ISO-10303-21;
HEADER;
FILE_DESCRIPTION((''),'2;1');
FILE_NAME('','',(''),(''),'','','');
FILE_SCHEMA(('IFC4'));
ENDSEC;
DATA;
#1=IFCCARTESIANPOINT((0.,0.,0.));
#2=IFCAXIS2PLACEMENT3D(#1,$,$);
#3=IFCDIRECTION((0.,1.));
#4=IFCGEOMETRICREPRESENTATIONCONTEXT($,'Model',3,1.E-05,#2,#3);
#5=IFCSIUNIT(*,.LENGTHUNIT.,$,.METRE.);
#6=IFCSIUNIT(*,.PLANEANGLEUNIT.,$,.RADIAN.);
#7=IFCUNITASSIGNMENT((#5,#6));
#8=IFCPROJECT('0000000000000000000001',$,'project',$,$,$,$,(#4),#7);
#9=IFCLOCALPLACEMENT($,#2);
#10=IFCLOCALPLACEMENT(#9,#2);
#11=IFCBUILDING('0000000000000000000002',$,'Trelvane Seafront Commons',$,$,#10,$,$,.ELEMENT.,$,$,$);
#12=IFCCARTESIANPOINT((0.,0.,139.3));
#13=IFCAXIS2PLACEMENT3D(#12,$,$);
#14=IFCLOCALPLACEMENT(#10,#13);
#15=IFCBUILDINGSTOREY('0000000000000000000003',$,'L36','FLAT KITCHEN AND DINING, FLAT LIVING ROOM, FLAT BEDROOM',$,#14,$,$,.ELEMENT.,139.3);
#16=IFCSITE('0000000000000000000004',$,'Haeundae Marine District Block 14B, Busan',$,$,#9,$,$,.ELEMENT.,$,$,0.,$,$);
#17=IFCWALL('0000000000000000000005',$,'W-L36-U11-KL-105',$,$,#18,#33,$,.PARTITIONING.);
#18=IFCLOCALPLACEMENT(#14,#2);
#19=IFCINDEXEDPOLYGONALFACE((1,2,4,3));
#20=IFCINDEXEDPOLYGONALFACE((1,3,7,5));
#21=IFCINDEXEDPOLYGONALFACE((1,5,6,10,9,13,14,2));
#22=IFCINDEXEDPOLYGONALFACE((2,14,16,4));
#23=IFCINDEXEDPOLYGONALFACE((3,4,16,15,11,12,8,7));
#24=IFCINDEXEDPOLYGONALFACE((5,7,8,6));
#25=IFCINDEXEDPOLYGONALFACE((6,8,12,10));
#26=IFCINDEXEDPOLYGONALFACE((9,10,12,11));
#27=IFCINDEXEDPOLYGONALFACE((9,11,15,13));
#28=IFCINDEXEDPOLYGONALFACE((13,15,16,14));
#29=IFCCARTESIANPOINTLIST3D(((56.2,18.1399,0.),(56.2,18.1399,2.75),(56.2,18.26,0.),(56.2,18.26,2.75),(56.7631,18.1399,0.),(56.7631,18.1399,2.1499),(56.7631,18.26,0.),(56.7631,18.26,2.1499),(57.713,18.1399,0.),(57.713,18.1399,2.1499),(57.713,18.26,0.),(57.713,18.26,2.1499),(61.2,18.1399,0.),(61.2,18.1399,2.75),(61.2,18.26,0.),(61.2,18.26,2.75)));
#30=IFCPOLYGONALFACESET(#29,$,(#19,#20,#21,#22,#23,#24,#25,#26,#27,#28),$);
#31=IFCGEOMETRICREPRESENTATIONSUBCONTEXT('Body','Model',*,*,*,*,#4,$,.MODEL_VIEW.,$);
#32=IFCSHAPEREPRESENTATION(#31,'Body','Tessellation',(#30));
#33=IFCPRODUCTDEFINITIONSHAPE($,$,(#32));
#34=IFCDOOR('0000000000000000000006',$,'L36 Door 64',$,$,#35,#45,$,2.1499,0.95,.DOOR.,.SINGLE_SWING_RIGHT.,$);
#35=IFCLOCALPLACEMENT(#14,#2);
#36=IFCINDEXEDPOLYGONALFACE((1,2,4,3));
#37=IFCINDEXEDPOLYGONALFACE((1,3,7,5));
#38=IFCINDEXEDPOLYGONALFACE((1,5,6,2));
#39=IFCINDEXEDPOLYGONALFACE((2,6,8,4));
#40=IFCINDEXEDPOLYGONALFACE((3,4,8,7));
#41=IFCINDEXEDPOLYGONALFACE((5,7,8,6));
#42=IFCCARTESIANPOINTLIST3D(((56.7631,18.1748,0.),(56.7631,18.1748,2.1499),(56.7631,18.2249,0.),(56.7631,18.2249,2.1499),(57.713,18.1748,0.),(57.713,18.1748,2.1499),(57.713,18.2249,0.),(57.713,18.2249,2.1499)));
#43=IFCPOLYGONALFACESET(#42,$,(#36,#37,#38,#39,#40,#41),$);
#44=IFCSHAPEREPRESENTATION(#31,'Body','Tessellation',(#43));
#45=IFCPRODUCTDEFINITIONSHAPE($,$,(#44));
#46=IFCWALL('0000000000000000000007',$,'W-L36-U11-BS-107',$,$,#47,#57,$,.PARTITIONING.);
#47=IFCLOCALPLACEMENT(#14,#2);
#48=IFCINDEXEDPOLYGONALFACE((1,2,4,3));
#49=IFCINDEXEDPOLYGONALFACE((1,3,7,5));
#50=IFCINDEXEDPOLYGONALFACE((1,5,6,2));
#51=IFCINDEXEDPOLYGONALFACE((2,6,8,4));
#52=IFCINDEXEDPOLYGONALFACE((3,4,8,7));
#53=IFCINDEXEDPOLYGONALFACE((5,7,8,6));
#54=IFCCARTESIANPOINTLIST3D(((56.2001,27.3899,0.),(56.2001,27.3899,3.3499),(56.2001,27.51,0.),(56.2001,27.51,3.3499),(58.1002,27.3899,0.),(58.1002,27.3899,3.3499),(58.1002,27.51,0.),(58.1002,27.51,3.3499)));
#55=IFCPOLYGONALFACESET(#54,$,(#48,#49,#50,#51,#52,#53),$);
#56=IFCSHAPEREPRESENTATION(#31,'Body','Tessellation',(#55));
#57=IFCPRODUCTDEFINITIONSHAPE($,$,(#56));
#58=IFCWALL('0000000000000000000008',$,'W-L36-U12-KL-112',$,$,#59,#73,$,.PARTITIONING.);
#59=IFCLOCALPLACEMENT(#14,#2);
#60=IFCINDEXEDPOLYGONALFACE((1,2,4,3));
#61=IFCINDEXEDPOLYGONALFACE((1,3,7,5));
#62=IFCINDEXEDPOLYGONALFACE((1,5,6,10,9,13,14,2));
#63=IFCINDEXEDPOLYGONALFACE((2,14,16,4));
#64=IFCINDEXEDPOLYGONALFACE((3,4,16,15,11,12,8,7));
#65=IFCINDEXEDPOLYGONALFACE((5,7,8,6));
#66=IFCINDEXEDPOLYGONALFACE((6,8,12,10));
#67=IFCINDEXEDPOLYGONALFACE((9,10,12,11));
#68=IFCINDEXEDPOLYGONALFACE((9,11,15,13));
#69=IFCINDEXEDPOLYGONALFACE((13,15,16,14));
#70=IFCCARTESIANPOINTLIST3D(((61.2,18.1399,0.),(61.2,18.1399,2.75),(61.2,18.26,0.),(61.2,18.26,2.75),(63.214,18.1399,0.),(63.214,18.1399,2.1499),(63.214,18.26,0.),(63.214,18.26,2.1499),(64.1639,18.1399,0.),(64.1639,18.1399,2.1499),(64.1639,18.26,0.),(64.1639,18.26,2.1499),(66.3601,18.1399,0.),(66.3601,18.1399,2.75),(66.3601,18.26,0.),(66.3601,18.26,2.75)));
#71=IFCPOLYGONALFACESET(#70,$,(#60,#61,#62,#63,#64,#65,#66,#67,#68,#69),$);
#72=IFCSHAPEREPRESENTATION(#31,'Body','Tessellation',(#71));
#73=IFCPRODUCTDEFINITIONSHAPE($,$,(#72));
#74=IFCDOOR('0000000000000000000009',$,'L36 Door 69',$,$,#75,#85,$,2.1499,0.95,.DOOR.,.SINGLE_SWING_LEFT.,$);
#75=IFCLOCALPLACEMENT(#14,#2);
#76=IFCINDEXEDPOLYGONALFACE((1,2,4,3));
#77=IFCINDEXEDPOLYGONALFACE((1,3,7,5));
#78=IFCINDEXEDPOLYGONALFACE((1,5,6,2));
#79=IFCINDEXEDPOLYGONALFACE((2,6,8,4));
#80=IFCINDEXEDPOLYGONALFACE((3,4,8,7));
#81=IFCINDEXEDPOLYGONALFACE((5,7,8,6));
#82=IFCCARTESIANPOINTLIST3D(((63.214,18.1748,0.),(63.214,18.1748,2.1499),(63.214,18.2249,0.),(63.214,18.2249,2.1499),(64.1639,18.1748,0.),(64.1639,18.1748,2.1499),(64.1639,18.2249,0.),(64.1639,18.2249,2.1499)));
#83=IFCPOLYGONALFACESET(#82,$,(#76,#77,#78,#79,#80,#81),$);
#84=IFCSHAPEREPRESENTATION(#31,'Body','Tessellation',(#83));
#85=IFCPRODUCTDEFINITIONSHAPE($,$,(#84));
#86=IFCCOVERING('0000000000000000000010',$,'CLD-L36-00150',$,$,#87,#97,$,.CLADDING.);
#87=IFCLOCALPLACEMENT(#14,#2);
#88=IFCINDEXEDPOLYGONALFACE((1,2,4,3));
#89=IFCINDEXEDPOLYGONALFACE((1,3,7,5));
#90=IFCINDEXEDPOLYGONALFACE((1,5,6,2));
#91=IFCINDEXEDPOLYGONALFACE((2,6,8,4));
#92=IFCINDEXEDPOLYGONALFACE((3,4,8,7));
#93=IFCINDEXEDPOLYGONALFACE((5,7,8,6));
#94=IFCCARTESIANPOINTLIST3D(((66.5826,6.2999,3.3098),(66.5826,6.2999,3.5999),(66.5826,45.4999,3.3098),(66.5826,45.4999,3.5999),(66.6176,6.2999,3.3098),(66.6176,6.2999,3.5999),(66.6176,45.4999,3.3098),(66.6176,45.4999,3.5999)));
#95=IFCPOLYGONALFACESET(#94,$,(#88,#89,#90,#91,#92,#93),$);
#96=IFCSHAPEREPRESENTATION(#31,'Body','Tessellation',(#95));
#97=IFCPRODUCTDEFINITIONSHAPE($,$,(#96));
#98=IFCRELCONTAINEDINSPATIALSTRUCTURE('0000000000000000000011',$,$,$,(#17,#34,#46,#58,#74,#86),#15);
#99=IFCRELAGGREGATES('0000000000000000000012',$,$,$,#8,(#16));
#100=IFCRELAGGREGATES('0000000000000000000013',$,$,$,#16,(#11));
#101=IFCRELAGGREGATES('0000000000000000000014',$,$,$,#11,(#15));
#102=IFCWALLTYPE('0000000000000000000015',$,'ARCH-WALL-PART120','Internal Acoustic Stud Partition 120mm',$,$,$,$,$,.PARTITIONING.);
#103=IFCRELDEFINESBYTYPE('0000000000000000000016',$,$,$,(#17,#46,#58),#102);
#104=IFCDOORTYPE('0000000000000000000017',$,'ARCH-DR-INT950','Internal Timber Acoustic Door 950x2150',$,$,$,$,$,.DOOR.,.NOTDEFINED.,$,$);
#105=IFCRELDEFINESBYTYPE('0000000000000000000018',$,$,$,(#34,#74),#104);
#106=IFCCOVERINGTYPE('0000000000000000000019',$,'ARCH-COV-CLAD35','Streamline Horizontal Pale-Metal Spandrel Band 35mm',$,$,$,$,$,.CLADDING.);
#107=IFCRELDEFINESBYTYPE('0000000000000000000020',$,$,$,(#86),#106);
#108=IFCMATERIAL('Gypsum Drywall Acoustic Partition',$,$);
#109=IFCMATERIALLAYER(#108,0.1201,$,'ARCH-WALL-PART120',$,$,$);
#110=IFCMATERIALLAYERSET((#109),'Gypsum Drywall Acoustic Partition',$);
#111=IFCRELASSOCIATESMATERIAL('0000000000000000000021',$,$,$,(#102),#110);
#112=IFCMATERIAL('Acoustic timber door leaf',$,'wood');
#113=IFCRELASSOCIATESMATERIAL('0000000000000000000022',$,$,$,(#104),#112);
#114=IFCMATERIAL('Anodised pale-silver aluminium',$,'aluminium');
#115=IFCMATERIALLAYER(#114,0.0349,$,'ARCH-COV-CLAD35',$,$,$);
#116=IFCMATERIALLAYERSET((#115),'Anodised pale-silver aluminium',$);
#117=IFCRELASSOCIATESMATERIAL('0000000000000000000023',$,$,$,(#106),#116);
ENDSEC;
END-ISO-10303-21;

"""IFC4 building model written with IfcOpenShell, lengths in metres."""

from ifc_helpers import new_model, si_unit, direction, frame, frame_2d, origin, origin_2d, place, context, subcontext, project, spatial, rectangle, extrude, source, transform, mapped, material, layer, layer_set, type_object, element, fill, save


model = new_model("IFC4")

# Units and contexts
model_context = context("Model", 3, precision=1e-05, world=origin(), true_north=direction((0.0, 1.0)))
body_context = subcontext(model_context, "Body", "Model", "MODEL_VIEW")
ifc_project = project(units=[si_unit("LENGTHUNIT", "METRE"), si_unit("PLANEANGLEUNIT", "RADIAN")], contexts=[model_context])

# Site, building, storey
site_placement = place(None, origin())
site = spatial("IfcSite", under=ifc_project, at=site_placement, Name="Haeundae Marine District Block 14B, Busan", CompositionType="ELEMENT", RefElevation=0.0)
building_placement = place(site_placement, origin())
building = spatial("IfcBuilding", under=site, at=building_placement, Name="Trelvane Seafront Commons", CompositionType="ELEMENT")
storey_placement = place(building_placement, frame((0.0, 0.0, 139.3)))
storey = spatial("IfcBuildingStorey", under=building, at=storey_placement, Name="L36", Description="FLAT KITCHEN AND DINING, FLAT LIVING ROOM, FLAT BEDROOM", CompositionType="ELEMENT", Elevation=139.3)

# Shared definitions
ifc_material_1 = material(Name="Anodised pale-silver aluminium", Category="aluminium")

# Wall, opening, door
ifc_material_2 = material(Name="Gypsum Drywall Acoustic Partition")
ifc_layer_1 = layer(ifc_material_2, 0.1201, Name="ARCH-WALL-PART120")
ifc_layer_set_1 = layer_set([ifc_layer_1], Name="Gypsum Drywall Acoustic Partition")
wall_type = type_object("IfcWallType", Name="ARCH-WALL-PART120", Description="Internal Acoustic Stud Partition 120mm", PredefinedType="PARTITIONING", material=ifc_layer_set_1)
ifc_material_3 = material(Name="Acoustic timber door leaf", Category="wood")
door_type = type_object("IfcDoorType", Name="ARCH-DR-INT950", Description="Internal Timber Acoustic Door 950x2150", OperationType="NOTDEFINED", PredefinedType="DOOR", material=ifc_material_3)
shared_shape_1 = source(origin(), body_context, "Body", "SweptSolid", [
    extrude(rectangle(XDim=0.95, YDim=2.1499, at=frame_2d((0.4751, 1.075))), frame((0.0, 0.0249, 0.0), z_axis=(0.0, -1.0, 0.0), x_axis=(1.0, 0.0, 0.0)), (0.0, 0.0, 1.0), 0.05),
])
wall_1_placement = place(storey_placement, frame((56.2, 18.2, 0.0), z_axis=(0.0, 0.0, 1.0), x_axis=(1.0, 0.0, 0.0)))
wall_1 = element("IfcWall", 1, at=wall_1_placement, inside=storey, type_object=wall_type, Name="W-L36-U11-KL-105", PredefinedType="PARTITIONING", context=body_context, shape_type="SweptSolid", body=[
    extrude(rectangle(XDim=5.0, YDim=0.1201, at=frame_2d((2.5, 0.0))), origin(), (0.0, 0.0, 1.0), 2.75),
])
opening_1_placement = place(wall_1_placement, frame((0.563, 0.0, 0.0)))
opening_1 = element("IfcOpeningElement", 2, at=opening_1_placement, cuts=wall_1, PredefinedType="OPENING", context=body_context, shape_type="SweptSolid", body=[
    extrude(rectangle(XDim=0.95, YDim=2.1499, at=frame_2d((0.4751, 1.075))), frame((0.0, 0.0701, 0.0), z_axis=(0.0, -1.0, 0.0), x_axis=(1.0, 0.0, 0.0)), (0.0, 0.0, 1.0), 0.1401),
])
door_1_placement = place(opening_1_placement, origin())
door_1 = element("IfcDoor", 3, at=door_1_placement, inside=storey, type_object=door_type, Name="L36 Door 64", OperationType="SINGLE_SWING_RIGHT", OverallHeight=2.1499, OverallWidth=0.95, PredefinedType="DOOR", context=body_context, shape_type="MappedRepresentation", body=[
    mapped(shared_shape_1, transform((0.0, 0.0, 0.0), x_axis=(1.0, 0.0, 0.0), y_axis=(0.0, 1.0, 0.0), z_axis=(0.0, 0.0, 1.0), scale=1.0)),
])
fill(opening_1, door_1)

# Wall
wall_2_placement = place(storey_placement, frame((56.2, 27.45, 0.0), z_axis=(0.0, 0.0, 1.0), x_axis=(1.0, 0.0, 0.0)))
element("IfcWall", 4, at=wall_2_placement, inside=storey, type_object=wall_type, Name="W-L36-U11-BS-107", PredefinedType="PARTITIONING", context=body_context, shape_type="SweptSolid", body=[
    extrude(rectangle(XDim=1.9001, YDim=0.1201, at=frame_2d((0.9502, 0.0))), origin(), (0.0, 0.0, 1.0), 3.3499),
])

# Wall, opening, door
wall_3_placement = place(storey_placement, frame((61.2, 18.2, 0.0), z_axis=(0.0, 0.0, 1.0), x_axis=(1.0, 0.0, 0.0)))
wall_3 = element("IfcWall", 5, at=wall_3_placement, inside=storey, type_object=wall_type, Name="W-L36-U12-KL-112", PredefinedType="PARTITIONING", context=body_context, shape_type="SweptSolid", body=[
    extrude(rectangle(XDim=5.1602, YDim=0.1201, at=frame_2d((2.5801, 0.0))), origin(), (0.0, 0.0, 1.0), 2.75),
])
opening_2_placement = place(wall_3_placement, frame((2.0139, 0.0, 0.0)))
opening_2 = element("IfcOpeningElement", 6, at=opening_2_placement, cuts=wall_3, PredefinedType="OPENING", context=body_context, shape_type="SweptSolid", body=[
    extrude(rectangle(XDim=0.95, YDim=2.1499, at=frame_2d((0.4751, 1.075))), frame((0.0, 0.0701, 0.0), z_axis=(0.0, -1.0, 0.0), x_axis=(1.0, 0.0, 0.0)), (0.0, 0.0, 1.0), 0.1401),
])
door_2_placement = place(opening_2_placement, origin())
door_2 = element("IfcDoor", 7, at=door_2_placement, inside=storey, type_object=door_type, Name="L36 Door 69", OperationType="SINGLE_SWING_LEFT", OverallHeight=2.1499, OverallWidth=0.95, PredefinedType="DOOR", context=body_context, shape_type="MappedRepresentation", body=[
    mapped(shared_shape_1, transform((0.0, 0.0, 0.0), x_axis=(1.0, 0.0, 0.0), y_axis=(0.0, 1.0, 0.0), z_axis=(0.0, 0.0, 1.0), scale=1.0)),
])
fill(opening_2, door_2)

# Covering
ifc_layer_2 = layer(ifc_material_1, 0.0349, Name="ARCH-COV-CLAD35")
ifc_layer_set_2 = layer_set([ifc_layer_2], Name="Anodised pale-silver aluminium")
covering_type = type_object("IfcCoveringType", Name="ARCH-COV-CLAD35", Description="Streamline Horizontal Pale-Metal Spandrel Band 35mm", PredefinedType="CLADDING", material=ifc_layer_set_2)
shared_shape_2 = source(origin(), body_context, "Body", "SweptSolid", [
    extrude(rectangle(XDim=39.2, YDim=0.0349, at=origin_2d()), origin(), (0.0, 0.0, 1.0), 0.29),
])
covering_placement = place(storey_placement, frame((66.6001, 25.8999, 3.3098), z_axis=(0.0, 0.0, 1.0), x_axis=(0.0, -1.0, 0.0)))
element("IfcCovering", 8, at=covering_placement, inside=storey, type_object=covering_type, Name="CLD-L36-00150", PredefinedType="CLADDING", context=body_context, shape_type="MappedRepresentation", body=[
    mapped(shared_shape_2, transform((0.0, 0.0, 0.0), x_axis=(1.0, 0.0, 0.0), y_axis=(0.0, 1.0, 0.0), z_axis=(0.0, 0.0, 1.0), scale=1.0)),
])

save(model, "model.ifc")
